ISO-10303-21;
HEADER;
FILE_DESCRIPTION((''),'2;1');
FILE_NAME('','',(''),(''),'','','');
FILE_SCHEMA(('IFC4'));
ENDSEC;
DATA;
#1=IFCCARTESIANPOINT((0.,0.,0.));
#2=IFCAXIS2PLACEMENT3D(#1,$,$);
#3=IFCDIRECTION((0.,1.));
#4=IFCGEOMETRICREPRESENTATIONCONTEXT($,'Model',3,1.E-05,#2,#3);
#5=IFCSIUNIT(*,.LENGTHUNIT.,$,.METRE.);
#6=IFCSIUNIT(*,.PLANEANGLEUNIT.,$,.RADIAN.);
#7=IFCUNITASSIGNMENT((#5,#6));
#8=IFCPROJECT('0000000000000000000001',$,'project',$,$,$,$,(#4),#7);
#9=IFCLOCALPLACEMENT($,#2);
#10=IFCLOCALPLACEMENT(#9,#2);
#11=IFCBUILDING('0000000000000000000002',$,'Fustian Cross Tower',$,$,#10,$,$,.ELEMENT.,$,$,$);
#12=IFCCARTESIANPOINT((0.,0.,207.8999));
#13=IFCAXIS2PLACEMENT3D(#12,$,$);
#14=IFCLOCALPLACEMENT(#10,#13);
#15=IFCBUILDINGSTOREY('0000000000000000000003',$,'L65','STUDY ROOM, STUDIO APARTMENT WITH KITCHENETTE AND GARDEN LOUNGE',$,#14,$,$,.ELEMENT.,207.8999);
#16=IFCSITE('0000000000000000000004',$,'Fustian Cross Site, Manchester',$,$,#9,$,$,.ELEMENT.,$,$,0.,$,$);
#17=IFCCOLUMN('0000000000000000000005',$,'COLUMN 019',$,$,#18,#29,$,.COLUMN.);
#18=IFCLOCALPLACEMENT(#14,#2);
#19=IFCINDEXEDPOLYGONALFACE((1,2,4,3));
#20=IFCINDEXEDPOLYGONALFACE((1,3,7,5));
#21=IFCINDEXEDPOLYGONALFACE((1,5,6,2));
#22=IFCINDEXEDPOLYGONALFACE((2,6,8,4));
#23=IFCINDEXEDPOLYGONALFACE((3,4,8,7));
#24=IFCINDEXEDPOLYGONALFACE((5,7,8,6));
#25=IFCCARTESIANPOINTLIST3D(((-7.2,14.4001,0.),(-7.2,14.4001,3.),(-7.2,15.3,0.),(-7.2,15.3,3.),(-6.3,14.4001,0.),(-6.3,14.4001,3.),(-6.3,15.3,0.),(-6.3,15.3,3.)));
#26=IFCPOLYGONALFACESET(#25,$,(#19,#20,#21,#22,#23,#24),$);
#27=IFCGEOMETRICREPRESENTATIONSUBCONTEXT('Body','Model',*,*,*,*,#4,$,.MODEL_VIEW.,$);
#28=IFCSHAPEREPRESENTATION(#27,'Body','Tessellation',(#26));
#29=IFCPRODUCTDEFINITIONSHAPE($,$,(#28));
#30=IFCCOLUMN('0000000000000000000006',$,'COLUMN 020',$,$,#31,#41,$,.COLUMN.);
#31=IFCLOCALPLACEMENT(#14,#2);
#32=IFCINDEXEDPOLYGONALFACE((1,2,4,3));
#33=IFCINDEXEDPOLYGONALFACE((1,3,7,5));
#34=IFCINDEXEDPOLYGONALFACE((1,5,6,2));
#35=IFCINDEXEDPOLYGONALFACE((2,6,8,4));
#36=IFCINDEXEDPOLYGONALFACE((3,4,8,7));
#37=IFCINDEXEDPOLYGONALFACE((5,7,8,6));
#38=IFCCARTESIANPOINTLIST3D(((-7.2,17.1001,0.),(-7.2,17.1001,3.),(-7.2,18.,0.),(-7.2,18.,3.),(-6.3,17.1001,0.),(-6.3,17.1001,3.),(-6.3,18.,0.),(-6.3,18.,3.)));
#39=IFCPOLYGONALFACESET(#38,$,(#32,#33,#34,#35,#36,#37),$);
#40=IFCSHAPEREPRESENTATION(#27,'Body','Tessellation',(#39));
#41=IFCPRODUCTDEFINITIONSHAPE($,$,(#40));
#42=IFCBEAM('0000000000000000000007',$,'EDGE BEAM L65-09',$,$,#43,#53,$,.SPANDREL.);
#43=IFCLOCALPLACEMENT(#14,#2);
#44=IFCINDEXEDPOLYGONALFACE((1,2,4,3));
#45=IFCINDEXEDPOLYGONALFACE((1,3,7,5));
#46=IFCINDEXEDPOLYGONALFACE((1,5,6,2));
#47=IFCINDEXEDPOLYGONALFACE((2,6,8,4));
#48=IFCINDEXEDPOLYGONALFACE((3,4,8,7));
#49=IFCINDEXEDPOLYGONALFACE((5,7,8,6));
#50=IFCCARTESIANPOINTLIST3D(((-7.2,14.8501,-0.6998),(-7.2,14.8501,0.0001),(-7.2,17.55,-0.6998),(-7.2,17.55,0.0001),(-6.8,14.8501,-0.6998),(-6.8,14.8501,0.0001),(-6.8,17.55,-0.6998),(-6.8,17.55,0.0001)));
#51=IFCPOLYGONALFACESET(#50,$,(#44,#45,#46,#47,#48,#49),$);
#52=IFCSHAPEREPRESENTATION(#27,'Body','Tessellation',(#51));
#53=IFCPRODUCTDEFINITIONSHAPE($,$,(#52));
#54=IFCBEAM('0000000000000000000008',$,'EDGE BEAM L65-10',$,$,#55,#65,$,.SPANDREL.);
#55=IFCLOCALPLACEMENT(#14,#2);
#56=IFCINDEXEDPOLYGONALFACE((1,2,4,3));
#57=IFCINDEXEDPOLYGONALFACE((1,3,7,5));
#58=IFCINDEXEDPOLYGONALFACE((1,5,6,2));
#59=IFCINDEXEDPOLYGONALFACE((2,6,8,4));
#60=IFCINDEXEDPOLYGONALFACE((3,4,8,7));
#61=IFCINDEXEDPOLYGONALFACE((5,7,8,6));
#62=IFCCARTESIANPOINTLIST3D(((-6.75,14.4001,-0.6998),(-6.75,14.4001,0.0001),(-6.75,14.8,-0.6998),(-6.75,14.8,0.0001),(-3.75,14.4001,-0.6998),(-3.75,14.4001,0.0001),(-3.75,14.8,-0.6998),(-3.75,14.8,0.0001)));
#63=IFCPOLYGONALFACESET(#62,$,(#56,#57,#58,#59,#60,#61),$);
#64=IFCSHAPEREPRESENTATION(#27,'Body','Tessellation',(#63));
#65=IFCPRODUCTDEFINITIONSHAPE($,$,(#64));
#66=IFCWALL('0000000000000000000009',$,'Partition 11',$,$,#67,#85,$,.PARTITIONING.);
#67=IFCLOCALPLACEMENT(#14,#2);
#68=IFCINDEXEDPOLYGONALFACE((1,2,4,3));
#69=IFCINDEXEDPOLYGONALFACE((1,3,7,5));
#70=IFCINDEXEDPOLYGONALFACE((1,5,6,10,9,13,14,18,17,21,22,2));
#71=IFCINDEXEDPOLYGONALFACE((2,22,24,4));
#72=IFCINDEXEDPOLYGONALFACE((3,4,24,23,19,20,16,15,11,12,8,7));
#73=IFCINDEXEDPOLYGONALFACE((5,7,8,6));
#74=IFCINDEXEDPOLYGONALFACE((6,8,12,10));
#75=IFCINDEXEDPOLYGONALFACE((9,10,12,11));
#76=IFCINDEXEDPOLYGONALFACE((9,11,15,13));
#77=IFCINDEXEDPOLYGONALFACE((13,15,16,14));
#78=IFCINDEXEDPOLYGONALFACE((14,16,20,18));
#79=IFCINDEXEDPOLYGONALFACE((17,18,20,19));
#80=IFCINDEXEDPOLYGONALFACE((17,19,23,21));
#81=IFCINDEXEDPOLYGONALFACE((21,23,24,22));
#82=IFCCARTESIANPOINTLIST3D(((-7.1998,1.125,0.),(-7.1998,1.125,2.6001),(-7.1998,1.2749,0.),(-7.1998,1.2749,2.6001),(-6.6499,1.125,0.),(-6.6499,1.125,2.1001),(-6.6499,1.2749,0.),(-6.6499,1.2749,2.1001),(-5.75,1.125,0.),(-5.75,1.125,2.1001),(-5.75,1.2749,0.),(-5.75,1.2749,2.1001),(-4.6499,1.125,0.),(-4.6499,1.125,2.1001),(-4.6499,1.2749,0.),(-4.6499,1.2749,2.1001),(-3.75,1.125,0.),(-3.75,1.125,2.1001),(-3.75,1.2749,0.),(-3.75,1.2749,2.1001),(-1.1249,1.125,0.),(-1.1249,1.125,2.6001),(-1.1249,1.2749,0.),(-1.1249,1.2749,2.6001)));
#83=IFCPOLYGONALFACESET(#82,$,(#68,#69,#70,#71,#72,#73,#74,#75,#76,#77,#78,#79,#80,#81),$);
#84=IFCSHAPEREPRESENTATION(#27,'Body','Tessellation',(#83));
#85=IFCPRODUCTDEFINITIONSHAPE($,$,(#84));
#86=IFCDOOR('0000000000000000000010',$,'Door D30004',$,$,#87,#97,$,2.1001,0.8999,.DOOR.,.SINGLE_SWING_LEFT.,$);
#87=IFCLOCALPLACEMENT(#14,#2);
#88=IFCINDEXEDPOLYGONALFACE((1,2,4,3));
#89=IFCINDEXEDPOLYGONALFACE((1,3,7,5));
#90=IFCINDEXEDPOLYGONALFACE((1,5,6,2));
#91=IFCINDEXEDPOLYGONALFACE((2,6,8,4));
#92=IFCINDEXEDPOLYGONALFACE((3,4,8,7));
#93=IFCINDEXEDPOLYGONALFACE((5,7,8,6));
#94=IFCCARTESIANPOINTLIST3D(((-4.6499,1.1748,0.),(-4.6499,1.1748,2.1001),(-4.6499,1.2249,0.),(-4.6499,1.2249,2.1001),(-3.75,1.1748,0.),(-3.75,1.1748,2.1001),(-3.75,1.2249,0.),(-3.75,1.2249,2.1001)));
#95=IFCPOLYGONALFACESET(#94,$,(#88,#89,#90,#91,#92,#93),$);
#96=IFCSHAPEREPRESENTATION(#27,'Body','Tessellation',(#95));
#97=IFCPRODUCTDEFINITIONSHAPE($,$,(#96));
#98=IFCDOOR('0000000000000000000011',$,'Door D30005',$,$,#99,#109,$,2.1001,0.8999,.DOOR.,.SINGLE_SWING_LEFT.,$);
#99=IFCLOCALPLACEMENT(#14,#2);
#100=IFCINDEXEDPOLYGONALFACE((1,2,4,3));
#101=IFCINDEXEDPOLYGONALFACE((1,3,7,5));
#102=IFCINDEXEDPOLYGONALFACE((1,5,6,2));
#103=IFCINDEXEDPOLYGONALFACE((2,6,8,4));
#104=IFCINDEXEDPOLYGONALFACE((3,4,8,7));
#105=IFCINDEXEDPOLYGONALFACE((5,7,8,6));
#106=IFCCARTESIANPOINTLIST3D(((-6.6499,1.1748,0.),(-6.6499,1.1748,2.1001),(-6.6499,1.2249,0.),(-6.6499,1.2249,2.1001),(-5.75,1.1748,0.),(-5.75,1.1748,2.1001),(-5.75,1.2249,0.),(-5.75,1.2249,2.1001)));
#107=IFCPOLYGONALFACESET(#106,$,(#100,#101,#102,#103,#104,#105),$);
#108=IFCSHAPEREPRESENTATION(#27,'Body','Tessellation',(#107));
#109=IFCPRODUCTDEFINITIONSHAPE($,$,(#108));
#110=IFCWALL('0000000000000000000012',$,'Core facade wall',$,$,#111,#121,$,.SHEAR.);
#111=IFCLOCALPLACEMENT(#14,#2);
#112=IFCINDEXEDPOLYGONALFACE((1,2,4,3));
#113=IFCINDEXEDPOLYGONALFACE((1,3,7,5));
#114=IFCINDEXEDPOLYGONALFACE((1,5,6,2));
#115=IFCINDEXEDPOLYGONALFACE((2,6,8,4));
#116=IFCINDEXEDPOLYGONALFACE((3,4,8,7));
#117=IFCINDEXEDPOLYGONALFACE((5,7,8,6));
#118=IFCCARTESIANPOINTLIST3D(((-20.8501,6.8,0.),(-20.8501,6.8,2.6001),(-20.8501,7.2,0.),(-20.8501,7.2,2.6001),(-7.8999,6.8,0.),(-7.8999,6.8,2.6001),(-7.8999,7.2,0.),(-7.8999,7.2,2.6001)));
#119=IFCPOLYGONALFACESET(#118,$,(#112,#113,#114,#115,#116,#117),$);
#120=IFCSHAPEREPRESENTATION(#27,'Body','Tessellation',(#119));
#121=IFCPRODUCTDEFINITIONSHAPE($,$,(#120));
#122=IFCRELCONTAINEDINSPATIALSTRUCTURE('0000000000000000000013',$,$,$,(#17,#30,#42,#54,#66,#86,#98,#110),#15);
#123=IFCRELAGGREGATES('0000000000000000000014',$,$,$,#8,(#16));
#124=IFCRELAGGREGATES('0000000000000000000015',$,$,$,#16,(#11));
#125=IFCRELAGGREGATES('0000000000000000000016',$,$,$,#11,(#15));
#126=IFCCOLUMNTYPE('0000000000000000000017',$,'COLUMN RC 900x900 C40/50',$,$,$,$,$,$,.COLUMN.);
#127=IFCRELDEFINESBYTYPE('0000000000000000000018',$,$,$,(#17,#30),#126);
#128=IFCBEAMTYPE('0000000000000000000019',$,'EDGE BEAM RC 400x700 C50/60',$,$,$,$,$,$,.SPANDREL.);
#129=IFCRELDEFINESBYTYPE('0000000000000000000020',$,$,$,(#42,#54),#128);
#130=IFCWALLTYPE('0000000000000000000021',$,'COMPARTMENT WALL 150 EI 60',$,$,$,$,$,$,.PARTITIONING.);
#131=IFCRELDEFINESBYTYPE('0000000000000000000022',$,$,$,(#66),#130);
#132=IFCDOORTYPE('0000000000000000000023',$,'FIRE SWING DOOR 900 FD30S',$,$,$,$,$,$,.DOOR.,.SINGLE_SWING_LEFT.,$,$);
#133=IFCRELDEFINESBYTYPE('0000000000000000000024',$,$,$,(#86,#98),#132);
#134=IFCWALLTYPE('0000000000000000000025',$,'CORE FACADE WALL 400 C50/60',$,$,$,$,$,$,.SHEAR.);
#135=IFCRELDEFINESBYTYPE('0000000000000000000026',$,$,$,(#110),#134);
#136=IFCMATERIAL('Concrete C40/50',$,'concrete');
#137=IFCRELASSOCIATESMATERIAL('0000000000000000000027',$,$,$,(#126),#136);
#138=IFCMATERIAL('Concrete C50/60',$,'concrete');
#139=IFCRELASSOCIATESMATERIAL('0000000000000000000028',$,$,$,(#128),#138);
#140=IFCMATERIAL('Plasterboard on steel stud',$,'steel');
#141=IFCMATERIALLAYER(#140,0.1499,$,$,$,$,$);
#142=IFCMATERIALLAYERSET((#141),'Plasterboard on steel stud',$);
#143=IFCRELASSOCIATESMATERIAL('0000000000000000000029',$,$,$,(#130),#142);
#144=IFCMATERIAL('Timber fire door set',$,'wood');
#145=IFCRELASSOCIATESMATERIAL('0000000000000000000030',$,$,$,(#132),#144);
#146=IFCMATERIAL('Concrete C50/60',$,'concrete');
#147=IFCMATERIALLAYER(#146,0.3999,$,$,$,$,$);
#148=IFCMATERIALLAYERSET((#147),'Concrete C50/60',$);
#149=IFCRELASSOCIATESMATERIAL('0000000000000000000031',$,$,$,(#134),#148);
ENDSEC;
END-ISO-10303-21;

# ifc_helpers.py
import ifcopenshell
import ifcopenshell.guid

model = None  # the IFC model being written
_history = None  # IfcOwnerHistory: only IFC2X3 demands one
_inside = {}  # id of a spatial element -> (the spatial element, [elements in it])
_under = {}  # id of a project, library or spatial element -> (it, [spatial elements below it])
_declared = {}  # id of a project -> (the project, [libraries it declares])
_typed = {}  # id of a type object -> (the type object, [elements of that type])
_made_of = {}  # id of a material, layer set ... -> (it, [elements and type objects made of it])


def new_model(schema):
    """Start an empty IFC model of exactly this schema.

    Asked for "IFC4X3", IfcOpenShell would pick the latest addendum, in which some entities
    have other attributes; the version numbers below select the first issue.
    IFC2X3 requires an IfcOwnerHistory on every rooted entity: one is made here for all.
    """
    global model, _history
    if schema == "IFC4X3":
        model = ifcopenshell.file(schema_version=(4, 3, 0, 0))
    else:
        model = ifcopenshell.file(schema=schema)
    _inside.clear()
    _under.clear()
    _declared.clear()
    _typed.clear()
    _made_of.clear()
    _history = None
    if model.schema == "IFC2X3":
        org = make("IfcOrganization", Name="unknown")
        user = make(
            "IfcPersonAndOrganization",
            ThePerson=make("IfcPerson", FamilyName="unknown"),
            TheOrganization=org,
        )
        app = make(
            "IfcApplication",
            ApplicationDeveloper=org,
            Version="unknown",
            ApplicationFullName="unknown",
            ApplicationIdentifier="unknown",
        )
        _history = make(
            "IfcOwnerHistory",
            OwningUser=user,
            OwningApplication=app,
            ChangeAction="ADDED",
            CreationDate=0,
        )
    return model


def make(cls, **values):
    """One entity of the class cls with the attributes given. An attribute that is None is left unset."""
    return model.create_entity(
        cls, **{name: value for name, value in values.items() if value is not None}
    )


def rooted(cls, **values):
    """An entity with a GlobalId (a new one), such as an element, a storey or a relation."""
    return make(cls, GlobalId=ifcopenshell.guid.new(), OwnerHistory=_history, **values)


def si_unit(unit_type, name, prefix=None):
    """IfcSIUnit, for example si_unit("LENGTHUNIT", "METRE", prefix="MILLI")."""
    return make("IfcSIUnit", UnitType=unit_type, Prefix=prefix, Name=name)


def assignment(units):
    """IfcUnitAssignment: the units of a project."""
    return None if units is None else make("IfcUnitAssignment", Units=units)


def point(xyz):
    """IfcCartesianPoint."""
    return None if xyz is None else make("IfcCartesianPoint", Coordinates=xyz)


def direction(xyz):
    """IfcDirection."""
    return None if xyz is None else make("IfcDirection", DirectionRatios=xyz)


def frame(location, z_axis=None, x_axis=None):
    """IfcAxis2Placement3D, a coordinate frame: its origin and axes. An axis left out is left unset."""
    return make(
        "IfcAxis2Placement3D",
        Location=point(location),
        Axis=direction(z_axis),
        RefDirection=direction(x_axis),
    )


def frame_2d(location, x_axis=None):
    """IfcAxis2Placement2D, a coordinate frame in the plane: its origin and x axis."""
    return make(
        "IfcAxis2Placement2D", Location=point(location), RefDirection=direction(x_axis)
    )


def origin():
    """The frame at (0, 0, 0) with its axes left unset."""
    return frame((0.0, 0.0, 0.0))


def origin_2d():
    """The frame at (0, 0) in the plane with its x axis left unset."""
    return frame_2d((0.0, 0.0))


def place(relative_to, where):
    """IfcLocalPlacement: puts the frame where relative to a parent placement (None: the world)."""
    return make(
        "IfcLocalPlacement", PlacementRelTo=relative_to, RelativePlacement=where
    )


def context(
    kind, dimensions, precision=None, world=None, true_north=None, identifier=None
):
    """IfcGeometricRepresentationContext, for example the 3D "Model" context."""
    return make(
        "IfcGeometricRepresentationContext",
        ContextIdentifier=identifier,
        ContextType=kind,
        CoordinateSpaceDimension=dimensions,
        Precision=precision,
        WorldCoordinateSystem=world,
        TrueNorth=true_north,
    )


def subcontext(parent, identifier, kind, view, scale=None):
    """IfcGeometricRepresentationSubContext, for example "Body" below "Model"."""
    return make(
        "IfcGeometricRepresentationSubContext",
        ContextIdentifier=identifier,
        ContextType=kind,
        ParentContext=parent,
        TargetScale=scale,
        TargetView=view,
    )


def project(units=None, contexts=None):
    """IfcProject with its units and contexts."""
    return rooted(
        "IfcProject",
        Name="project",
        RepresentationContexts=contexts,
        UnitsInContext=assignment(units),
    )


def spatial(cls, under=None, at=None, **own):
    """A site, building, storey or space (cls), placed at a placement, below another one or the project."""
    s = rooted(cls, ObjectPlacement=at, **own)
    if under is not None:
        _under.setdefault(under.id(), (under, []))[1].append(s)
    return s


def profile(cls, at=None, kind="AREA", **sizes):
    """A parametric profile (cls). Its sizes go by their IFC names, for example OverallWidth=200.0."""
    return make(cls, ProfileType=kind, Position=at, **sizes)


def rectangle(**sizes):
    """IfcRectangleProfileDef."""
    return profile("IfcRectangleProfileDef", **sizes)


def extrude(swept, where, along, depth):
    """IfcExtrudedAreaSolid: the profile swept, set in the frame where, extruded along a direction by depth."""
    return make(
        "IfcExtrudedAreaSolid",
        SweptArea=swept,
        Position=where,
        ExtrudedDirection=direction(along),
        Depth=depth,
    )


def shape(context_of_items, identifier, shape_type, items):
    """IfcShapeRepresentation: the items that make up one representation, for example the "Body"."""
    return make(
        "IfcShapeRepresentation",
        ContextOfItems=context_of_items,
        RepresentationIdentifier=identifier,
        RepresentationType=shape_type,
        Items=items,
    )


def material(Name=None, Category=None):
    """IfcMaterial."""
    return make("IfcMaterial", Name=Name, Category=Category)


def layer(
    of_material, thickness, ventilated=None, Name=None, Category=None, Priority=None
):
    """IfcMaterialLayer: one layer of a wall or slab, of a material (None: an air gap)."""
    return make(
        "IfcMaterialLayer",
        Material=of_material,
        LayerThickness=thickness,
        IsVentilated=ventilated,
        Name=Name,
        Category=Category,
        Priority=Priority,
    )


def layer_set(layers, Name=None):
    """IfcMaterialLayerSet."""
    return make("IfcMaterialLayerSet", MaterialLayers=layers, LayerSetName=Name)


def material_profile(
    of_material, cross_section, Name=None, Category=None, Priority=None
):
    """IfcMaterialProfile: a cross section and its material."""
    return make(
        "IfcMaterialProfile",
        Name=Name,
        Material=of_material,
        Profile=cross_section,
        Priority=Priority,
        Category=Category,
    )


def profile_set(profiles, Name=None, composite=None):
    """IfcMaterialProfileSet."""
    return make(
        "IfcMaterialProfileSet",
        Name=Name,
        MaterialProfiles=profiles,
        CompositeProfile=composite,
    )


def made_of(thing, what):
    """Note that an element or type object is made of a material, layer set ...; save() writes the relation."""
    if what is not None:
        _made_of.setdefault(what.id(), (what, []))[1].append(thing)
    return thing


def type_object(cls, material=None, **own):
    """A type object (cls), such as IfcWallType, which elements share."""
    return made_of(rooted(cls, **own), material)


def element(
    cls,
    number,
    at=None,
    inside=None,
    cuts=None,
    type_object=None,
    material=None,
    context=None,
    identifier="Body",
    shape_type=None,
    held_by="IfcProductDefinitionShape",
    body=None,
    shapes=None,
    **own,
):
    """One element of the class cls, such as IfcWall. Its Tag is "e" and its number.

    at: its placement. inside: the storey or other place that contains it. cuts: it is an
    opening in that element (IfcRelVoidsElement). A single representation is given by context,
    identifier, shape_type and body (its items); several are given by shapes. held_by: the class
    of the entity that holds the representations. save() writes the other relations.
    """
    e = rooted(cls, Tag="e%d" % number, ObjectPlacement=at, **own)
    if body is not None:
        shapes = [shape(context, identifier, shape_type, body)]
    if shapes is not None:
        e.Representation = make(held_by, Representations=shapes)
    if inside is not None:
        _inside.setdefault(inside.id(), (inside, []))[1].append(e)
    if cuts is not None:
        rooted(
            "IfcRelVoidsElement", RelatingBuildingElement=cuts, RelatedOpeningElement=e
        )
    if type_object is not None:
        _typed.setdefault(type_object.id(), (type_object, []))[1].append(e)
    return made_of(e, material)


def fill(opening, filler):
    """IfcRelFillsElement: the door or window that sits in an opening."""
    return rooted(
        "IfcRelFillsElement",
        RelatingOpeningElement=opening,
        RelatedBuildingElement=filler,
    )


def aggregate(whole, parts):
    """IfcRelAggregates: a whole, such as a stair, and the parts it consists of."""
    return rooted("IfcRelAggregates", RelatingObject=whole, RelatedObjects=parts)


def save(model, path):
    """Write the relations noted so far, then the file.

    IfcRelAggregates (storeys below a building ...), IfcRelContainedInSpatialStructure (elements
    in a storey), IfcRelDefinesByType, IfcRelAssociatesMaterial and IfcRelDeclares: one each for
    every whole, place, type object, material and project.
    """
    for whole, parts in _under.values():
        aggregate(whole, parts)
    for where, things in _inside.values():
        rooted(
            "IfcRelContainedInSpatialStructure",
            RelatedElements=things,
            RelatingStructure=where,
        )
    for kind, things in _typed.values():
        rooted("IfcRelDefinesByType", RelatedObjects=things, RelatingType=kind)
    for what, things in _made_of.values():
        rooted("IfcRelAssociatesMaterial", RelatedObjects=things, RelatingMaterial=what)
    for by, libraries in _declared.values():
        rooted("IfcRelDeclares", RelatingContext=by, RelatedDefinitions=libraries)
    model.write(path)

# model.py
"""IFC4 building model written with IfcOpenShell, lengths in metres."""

from ifc_helpers import new_model, si_unit, direction, frame, frame_2d, origin, origin_2d, place, context, subcontext, project, spatial, rectangle, extrude, material, layer, layer_set, material_profile, profile_set, type_object, element, fill, save


model = new_model("IFC4")

# Units and contexts
model_context = context("Model", 3, precision=1e-05, world=origin(), true_north=direction((0.0, 1.0)))
body_context = subcontext(model_context, "Body", "Model", "MODEL_VIEW")
ifc_project = project(units=[si_unit("LENGTHUNIT", "METRE"), si_unit("PLANEANGLEUNIT", "RADIAN")], contexts=[model_context])

# Site, building, storey
site_placement = place(None, origin())
site = spatial("IfcSite", under=ifc_project, at=site_placement, Name="Fustian Cross Site, Manchester", CompositionType="ELEMENT", RefElevation=0.0)
building_placement = place(site_placement, origin())
building = spatial("IfcBuilding", under=site, at=building_placement, Name="Fustian Cross Tower", CompositionType="ELEMENT")
storey_placement = place(building_placement, frame((0.0, 0.0, 207.8999)))
storey = spatial("IfcBuildingStorey", under=building, at=storey_placement, Name="L65", Description="STUDY ROOM, STUDIO APARTMENT WITH KITCHENETTE AND GARDEN LOUNGE", CompositionType="ELEMENT", Elevation=207.8999)

# Columns
ifc_material_1 = material(Name="Concrete C40/50", Category="concrete")
ifc_material_profile_1 = material_profile(ifc_material_1, rectangle(XDim=0.8999, YDim=0.8999, at=origin_2d()), Name="RC 900x900")
ifc_profile_set_1 = profile_set([ifc_material_profile_1], Name="Concrete C40/50")
column_type = type_object("IfcColumnType", Name="COLUMN RC 900x900 C40/50", PredefinedType="COLUMN", material=ifc_profile_set_1)
for number, where, z_axis, x_axis, name in (
    (1, (-6.75, 14.8501, 0.0), (0.0, 0.0, 1.0), (1.0, 0.0, 0.0), "COLUMN 019"),
    (2, (-6.75, 17.55, 0.0), (0.0, 0.0, 1.0), (1.0, 0.0, 0.0), "COLUMN 020"),
):
    element("IfcColumn", number, at=place(storey_placement, frame(where, z_axis=z_axis, x_axis=x_axis)), inside=storey, type_object=column_type, Name=name, PredefinedType="COLUMN", context=body_context, shape_type="SweptSolid", body=[
        extrude(rectangle(XDim=0.8999, YDim=0.8999, at=origin_2d()), origin(), (0.0, 0.0, 1.0), 3.0),
    ])

# Beams
ifc_material_2 = material(Name="Concrete C50/60", Category="concrete")
ifc_material_profile_2 = material_profile(ifc_material_2, rectangle(XDim=0.3999, YDim=0.7, at=origin_2d()), Name="RC 400x700")
ifc_profile_set_2 = profile_set([ifc_material_profile_2], Name="Concrete C50/60")
beam_type = type_object("IfcBeamType", Name="EDGE BEAM RC 400x700 C50/60", PredefinedType="SPANDREL", material=ifc_profile_set_2)
beam_1_placement = place(storey_placement, frame((-7.0, 17.55, -0.3499), z_axis=(0.0, -1.0, 0.0), x_axis=(1.0, 0.0, 0.0)))
element("IfcBeam", 3, at=beam_1_placement, inside=storey, type_object=beam_type, Name="EDGE BEAM L65-09", PredefinedType="SPANDREL", context=body_context, shape_type="SweptSolid", body=[
    extrude(rectangle(XDim=0.3999, YDim=0.7, at=origin_2d()), origin(), (0.0, 0.0, 1.0), 2.7),
])
beam_2_placement = place(storey_placement, frame((-6.75, 14.6001, -0.3499), z_axis=(1.0, 0.0, 0.0), x_axis=(0.0, 1.0, 0.0)))
element("IfcBeam", 4, at=beam_2_placement, inside=storey, type_object=beam_type, Name="EDGE BEAM L65-10", PredefinedType="SPANDREL", context=body_context, shape_type="SweptSolid", body=[
    extrude(rectangle(XDim=0.3999, YDim=0.7, at=origin_2d()), origin(), (0.0, 0.0, 1.0), 3.0),
])

# Wall, openings, doors
ifc_material_3 = material(Name="Plasterboard on steel stud", Category="steel")
ifc_layer_1 = layer(ifc_material_3, 0.1499)
ifc_layer_set_1 = layer_set([ifc_layer_1], Name="Plasterboard on steel stud")
wall_type_1 = type_object("IfcWallType", Name="COMPARTMENT WALL 150 EI 60", PredefinedType="PARTITIONING", material=ifc_layer_set_1)
wall_1_placement = place(storey_placement, frame((-7.2, 1.2, 0.0), z_axis=(0.0, 0.0, 1.0), x_axis=(1.0, 0.0, 0.0)))
wall_1 = element("IfcWall", 5, at=wall_1_placement, inside=storey, type_object=wall_type_1, Name="Partition 11", PredefinedType="PARTITIONING", context=body_context, shape_type="SweptSolid", body=[
    extrude(rectangle(XDim=6.075, YDim=0.1499, at=frame_2d((3.0376, 0.0))), origin(), (0.0, 0.0, 1.0), 2.6001),
])
opening_1_placement = place(wall_1_placement, frame((2.55, 0.0, 0.0)))
opening_1 = element("IfcOpeningElement", 6, at=opening_1_placement, cuts=wall_1, PredefinedType="OPENING", context=body_context, shape_type="SweptSolid", body=[
    extrude(rectangle(XDim=0.8999, YDim=2.1001, at=frame_2d((0.45, 1.05))), frame((0.0, 0.085, 0.0), z_axis=(0.0, -1.0, 0.0), x_axis=(1.0, 0.0, 0.0)), (0.0, 0.0, 1.0), 0.1699),
])
opening_2_placement = place(wall_1_placement, frame((0.55, 0.0, 0.0)))
opening_2 = element("IfcOpeningElement", 7, at=opening_2_placement, cuts=wall_1, PredefinedType="OPENING", context=body_context, shape_type="SweptSolid", body=[
    extrude(rectangle(XDim=0.8999, YDim=2.1001, at=frame_2d((0.45, 1.05))), frame((0.0, 0.085, 0.0), z_axis=(0.0, -1.0, 0.0), x_axis=(1.0, 0.0, 0.0)), (0.0, 0.0, 1.0), 0.1699),
])
ifc_material_4 = material(Name="Timber fire door set", Category="wood")
door_type_1 = type_object("IfcDoorType", Name="FIRE SWING DOOR 900 FD30S", OperationType="SINGLE_SWING_LEFT", PredefinedType="DOOR", material=ifc_material_4)
door_1_placement = place(opening_1_placement, origin())
door_1 = element("IfcDoor", 8, at=door_1_placement, inside=storey, type_object=door_type_1, Name="Door D30004", OperationType="SINGLE_SWING_LEFT", OverallHeight=2.1001, OverallWidth=0.8999, PredefinedType="DOOR", context=body_context, shape_type="SweptSolid", body=[
    extrude(rectangle(XDim=0.8999, YDim=2.1001, at=frame_2d((0.45, 1.05))), frame((0.0, 0.0249, 0.0), z_axis=(0.0, -1.0, 0.0), x_axis=(1.0, 0.0, 0.0)), (0.0, 0.0, 1.0), 0.05),
])
fill(opening_1, door_1)
door_2_placement = place(opening_2_placement, origin())
door_2 = element("IfcDoor", 9, at=door_2_placement, inside=storey, type_object=door_type_1, Name="Door D30005", OperationType="SINGLE_SWING_LEFT", OverallHeight=2.1001, OverallWidth=0.8999, PredefinedType="DOOR", context=body_context, shape_type="SweptSolid", body=[
    extrude(rectangle(XDim=0.8999, YDim=2.1001, at=frame_2d((0.45, 1.05))), frame((0.0, 0.0249, 0.0), z_axis=(0.0, -1.0, 0.0), x_axis=(1.0, 0.0, 0.0)), (0.0, 0.0, 1.0), 0.05),
])
fill(opening_2, door_2)

# Wall
ifc_material_5 = material(Name="Concrete C50/60", Category="concrete")
ifc_layer_2 = layer(ifc_material_5, 0.3999)
ifc_layer_set_2 = layer_set([ifc_layer_2], Name="Concrete C50/60")
wall_type_2 = type_object("IfcWallType", Name="CORE FACADE WALL 400 C50/60", PredefinedType="SHEAR", material=ifc_layer_set_2)
wall_2_placement = place(storey_placement, frame((-7.8999, 7.0, 0.0), z_axis=(0.0, 0.0, 1.0), x_axis=(-1.0, 0.0, 0.0)))
element("IfcWall", 10, at=wall_2_placement, inside=storey, type_object=wall_type_2, Name="Core facade wall", PredefinedType="SHEAR", context=body_context, shape_type="SweptSolid", body=[
    extrude(rectangle(XDim=12.9502, YDim=0.3999, at=frame_2d((6.4751, 0.0))), origin(), (0.0, 0.0, 1.0), 2.6001),
])

save(model, "model.ifc")
